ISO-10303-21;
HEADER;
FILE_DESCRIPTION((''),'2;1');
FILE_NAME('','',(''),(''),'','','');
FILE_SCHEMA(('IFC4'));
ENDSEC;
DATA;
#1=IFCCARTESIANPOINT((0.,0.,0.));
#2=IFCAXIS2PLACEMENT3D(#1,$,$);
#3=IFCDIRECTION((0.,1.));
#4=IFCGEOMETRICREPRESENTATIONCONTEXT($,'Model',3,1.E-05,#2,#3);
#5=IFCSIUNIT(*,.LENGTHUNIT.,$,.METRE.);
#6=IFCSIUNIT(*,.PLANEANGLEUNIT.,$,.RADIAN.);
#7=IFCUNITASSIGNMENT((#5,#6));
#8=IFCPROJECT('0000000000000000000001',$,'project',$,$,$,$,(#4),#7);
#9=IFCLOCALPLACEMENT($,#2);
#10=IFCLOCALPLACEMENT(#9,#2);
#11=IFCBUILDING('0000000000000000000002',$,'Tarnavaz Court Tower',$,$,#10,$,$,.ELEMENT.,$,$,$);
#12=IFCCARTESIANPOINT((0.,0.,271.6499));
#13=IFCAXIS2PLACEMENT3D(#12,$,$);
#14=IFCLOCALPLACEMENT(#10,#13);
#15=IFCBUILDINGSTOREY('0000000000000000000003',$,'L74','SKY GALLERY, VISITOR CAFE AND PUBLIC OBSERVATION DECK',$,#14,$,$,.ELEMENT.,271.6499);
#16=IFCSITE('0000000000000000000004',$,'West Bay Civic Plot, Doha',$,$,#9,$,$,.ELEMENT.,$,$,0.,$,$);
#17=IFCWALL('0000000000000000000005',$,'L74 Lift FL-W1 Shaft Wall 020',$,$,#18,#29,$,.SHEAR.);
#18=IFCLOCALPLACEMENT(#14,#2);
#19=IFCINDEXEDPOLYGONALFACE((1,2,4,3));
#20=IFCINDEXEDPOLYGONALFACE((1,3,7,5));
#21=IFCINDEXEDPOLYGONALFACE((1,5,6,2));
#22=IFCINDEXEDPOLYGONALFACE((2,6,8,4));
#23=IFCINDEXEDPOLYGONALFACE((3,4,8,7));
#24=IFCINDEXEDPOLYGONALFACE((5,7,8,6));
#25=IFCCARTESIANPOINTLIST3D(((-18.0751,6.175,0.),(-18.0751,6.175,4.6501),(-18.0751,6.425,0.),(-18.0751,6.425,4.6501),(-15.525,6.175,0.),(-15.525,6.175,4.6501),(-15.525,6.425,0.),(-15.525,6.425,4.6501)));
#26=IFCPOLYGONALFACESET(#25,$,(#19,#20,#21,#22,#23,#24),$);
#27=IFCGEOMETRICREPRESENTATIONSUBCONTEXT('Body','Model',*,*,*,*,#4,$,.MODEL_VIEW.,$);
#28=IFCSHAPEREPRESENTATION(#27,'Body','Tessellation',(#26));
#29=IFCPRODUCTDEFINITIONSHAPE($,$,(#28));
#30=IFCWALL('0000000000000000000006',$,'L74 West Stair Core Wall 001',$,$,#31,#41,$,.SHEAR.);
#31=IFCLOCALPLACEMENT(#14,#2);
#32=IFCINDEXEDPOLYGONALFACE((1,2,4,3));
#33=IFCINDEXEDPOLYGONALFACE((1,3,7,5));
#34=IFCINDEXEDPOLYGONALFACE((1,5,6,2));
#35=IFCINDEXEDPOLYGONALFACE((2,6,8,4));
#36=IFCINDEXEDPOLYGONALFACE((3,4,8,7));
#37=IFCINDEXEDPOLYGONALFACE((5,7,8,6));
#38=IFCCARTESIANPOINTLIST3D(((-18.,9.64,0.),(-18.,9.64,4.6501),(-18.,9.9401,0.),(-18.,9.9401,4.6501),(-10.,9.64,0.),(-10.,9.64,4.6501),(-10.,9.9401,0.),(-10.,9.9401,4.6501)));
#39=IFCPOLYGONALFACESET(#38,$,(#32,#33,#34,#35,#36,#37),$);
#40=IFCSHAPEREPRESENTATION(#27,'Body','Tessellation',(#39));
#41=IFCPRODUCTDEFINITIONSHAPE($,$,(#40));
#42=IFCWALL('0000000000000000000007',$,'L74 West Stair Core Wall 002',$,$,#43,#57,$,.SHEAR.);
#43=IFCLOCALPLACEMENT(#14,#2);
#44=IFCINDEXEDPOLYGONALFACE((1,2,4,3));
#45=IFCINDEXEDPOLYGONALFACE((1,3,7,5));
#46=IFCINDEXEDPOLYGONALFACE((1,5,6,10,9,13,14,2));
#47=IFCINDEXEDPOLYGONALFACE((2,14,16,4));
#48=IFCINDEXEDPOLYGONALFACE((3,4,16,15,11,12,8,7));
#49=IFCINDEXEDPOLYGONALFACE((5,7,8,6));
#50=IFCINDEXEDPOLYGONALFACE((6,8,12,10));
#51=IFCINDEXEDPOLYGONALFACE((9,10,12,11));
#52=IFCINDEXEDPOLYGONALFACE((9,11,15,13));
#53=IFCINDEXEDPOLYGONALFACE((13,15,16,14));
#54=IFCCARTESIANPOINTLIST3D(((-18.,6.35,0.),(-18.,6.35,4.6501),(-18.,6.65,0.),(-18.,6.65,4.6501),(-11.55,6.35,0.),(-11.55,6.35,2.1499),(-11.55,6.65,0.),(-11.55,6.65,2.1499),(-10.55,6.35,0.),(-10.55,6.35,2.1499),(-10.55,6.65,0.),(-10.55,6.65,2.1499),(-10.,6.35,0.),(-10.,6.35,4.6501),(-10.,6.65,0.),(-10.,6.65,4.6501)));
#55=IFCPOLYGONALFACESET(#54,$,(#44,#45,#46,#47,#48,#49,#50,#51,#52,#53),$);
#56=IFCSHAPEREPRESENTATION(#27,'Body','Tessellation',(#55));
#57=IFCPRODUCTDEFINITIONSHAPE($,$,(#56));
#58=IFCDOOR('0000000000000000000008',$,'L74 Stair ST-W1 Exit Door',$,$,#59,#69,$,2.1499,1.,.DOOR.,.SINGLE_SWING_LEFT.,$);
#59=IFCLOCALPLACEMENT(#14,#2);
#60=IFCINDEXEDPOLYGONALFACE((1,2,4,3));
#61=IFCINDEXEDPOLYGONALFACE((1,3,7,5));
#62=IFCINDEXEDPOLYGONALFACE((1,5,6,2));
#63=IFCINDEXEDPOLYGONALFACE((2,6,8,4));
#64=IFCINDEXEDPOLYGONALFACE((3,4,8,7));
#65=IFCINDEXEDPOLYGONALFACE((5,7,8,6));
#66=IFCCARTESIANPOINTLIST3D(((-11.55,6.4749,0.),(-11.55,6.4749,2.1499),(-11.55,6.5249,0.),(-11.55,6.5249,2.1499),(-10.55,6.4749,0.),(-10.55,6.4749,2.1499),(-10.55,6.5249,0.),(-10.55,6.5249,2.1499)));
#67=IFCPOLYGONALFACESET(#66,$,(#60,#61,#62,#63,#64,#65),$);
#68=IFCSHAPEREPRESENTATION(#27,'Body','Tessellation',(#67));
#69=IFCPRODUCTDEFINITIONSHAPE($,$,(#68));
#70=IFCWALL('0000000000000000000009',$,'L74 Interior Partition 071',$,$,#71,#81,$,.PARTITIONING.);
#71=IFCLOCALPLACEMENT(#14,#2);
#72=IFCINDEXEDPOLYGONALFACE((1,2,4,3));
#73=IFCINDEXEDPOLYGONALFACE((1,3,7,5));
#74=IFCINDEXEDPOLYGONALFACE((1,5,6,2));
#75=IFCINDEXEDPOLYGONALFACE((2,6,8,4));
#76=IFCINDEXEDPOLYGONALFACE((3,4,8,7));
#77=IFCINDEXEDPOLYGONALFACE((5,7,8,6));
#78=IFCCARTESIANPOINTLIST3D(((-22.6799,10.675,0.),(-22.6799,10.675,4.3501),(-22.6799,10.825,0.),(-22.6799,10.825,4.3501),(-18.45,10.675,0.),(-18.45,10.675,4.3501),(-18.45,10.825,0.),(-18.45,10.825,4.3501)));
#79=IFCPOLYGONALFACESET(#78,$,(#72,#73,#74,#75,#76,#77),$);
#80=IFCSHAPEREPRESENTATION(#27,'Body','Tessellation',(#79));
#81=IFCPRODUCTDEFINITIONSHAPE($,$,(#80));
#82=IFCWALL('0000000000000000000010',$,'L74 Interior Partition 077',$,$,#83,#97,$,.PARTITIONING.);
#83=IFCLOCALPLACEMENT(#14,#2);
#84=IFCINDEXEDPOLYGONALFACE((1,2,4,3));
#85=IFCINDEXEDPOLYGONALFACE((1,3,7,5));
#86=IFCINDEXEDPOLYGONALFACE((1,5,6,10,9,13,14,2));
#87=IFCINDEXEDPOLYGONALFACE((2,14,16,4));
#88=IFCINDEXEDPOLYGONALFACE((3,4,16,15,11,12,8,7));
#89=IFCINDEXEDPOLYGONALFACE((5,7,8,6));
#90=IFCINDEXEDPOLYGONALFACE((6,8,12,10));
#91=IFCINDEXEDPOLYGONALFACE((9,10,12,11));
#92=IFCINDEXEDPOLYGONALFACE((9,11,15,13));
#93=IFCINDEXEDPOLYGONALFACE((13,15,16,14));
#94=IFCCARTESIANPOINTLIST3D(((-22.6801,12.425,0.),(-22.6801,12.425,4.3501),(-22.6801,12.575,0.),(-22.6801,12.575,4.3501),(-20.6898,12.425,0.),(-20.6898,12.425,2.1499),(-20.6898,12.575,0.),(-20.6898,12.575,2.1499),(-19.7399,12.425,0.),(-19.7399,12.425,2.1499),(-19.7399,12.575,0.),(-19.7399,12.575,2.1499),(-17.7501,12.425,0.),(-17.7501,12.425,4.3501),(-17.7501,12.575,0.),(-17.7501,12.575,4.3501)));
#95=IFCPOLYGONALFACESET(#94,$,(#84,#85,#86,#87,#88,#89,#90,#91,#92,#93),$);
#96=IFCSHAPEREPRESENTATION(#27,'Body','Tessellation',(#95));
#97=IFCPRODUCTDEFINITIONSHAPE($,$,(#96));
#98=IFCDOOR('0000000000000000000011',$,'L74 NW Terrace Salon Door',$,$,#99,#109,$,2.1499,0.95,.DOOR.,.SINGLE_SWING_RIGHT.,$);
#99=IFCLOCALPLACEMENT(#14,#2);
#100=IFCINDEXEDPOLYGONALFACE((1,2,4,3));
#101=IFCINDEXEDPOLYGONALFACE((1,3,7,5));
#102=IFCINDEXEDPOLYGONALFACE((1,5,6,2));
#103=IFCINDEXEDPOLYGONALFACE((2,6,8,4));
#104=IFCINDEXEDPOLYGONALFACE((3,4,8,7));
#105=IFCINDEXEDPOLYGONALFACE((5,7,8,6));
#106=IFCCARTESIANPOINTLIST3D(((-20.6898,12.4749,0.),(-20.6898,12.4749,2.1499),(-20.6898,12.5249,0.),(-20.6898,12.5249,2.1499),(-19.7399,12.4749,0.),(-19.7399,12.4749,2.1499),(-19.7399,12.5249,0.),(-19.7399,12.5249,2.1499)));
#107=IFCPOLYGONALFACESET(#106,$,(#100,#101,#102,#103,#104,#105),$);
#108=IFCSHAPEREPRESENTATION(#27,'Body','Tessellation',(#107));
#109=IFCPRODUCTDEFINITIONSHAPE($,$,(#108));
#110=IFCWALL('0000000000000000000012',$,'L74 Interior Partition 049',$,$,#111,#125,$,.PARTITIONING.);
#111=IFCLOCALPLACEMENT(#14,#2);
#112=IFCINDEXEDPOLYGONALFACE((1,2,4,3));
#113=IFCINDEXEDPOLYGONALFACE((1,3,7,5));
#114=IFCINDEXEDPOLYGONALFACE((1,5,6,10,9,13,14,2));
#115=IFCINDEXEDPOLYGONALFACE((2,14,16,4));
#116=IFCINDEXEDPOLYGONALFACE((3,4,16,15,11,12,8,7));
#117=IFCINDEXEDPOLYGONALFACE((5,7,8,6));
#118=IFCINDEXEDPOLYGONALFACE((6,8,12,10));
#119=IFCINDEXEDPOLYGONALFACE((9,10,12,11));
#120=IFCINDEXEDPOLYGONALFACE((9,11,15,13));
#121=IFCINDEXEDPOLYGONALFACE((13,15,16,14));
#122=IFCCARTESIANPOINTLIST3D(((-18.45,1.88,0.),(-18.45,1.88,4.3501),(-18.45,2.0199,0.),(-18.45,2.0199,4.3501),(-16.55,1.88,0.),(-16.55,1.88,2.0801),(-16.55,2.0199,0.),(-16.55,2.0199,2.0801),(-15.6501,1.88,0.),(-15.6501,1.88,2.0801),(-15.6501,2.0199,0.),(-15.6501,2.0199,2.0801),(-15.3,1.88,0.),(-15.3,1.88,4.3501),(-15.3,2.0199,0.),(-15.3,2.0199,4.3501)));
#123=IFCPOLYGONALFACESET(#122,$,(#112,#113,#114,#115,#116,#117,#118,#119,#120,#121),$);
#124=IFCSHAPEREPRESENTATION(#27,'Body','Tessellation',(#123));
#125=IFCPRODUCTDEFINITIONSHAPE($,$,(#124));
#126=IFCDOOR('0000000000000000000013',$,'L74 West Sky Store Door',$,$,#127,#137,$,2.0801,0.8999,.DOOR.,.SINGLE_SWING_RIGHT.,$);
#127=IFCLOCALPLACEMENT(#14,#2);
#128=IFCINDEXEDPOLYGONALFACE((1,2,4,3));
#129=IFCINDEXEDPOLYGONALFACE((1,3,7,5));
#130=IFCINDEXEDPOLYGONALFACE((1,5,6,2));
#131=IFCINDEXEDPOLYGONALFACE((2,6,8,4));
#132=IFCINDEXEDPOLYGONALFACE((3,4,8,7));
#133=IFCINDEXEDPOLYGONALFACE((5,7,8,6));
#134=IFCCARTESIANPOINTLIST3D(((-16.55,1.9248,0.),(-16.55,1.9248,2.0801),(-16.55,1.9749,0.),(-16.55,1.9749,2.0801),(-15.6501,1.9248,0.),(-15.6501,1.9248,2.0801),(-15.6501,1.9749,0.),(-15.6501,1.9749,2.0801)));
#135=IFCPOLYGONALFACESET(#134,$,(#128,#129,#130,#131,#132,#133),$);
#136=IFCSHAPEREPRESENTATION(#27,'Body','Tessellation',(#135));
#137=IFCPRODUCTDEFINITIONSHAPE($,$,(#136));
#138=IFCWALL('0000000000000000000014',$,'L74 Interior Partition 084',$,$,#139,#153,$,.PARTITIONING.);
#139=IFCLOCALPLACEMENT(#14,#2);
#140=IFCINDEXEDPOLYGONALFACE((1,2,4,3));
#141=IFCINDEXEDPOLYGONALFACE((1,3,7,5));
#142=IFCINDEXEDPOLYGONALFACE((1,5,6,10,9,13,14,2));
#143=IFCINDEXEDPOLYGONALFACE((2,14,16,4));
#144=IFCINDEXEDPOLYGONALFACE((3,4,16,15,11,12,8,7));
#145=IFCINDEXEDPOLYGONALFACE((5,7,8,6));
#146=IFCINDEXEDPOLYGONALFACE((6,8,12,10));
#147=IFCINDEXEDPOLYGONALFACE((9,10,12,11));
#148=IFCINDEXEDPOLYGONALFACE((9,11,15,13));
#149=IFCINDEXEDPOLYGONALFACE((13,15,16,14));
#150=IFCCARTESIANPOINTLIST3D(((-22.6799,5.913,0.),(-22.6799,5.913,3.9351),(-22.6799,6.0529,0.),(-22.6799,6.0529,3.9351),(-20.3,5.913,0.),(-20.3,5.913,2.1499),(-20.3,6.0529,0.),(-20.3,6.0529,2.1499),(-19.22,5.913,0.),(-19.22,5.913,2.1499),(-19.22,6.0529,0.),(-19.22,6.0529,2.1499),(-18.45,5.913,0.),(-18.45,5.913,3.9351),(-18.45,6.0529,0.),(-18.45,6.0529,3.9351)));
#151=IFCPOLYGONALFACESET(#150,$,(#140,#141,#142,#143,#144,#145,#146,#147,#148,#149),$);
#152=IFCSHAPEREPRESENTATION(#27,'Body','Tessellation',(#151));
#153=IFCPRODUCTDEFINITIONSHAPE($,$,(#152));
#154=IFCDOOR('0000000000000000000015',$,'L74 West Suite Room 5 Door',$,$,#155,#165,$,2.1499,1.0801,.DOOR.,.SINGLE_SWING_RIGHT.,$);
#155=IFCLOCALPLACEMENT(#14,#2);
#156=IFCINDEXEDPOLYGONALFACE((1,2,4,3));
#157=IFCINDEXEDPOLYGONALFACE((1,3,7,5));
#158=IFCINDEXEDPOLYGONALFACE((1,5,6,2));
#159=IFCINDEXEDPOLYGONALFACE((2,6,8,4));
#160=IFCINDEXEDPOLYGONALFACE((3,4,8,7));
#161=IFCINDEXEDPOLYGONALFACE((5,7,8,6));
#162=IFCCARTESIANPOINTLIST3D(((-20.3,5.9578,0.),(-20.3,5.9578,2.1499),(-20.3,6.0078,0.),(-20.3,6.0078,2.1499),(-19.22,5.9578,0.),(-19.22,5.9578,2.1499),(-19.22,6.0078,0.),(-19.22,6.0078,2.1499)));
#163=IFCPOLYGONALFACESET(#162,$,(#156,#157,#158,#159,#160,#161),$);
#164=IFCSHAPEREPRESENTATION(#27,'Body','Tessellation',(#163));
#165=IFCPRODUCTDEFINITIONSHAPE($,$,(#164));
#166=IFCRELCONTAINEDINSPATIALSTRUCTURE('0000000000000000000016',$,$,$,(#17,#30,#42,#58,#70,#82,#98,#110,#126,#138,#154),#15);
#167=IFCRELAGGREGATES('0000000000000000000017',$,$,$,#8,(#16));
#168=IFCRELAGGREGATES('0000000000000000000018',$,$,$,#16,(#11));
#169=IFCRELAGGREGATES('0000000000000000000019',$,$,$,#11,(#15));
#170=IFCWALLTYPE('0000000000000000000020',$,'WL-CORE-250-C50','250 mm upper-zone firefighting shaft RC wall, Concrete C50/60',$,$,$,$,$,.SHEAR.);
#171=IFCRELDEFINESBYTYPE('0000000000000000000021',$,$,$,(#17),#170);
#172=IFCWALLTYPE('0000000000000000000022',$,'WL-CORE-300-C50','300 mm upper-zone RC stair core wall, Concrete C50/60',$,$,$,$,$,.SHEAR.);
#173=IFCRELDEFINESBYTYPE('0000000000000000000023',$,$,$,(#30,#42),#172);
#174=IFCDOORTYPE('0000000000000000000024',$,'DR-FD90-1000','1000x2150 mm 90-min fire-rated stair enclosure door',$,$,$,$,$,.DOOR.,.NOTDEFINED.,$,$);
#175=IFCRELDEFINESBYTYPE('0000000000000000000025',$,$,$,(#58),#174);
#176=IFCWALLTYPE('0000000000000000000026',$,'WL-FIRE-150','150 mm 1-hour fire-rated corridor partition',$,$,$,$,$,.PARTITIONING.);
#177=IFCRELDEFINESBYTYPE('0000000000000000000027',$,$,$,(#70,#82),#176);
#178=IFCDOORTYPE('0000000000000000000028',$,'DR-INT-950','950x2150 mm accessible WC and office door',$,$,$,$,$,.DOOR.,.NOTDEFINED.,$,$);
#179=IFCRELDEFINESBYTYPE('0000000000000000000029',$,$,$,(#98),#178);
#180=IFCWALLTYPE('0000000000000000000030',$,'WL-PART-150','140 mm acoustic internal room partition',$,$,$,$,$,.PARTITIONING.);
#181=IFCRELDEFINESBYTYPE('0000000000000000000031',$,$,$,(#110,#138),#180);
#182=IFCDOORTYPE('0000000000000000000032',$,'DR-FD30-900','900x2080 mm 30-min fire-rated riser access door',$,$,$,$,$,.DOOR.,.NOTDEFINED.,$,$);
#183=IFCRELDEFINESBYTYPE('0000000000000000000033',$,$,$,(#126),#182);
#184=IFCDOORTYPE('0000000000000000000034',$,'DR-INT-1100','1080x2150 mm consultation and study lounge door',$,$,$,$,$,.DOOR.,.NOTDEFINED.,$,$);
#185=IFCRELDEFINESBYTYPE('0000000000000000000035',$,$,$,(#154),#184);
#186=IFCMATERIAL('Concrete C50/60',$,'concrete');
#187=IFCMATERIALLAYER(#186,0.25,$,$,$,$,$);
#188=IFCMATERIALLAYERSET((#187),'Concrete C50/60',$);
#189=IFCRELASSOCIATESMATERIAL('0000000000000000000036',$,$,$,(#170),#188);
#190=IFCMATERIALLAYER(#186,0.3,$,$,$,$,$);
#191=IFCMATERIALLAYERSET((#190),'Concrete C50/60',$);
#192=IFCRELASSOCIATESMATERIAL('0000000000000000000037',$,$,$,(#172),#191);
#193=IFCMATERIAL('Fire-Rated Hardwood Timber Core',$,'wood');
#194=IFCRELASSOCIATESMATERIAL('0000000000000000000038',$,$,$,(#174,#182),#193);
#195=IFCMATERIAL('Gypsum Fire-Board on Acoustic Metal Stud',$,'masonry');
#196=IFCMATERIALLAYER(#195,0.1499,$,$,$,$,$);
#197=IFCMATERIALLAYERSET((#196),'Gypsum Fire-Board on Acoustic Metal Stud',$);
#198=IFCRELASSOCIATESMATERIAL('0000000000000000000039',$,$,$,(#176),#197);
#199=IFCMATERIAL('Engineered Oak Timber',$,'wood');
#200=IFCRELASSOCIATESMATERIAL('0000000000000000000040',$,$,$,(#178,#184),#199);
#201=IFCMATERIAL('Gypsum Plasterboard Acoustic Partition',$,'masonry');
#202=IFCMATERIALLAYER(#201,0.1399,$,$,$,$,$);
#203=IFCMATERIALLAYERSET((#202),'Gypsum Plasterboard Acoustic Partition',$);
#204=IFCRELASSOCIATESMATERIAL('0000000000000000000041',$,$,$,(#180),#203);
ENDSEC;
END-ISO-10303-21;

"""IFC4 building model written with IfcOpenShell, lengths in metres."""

from ifc_helpers import new_model, si_unit, direction, frame, frame_2d, origin, place, context, subcontext, project, spatial, rectangle, extrude, material, layer, layer_set, type_object, element, fill, save


model = new_model("IFC4")

# Units and contexts
model_context = context("Model", 3, precision=1e-05, world=origin(), true_north=direction((0.0, 1.0)))
body_context = subcontext(model_context, "Body", "Model", "MODEL_VIEW")
ifc_project = project(units=[si_unit("LENGTHUNIT", "METRE"), si_unit("PLANEANGLEUNIT", "RADIAN")], contexts=[model_context])

# Site, building, storey
site_placement = place(None, origin())
site = spatial("IfcSite", under=ifc_project, at=site_placement, Name="West Bay Civic Plot, Doha", CompositionType="ELEMENT", RefElevation=0.0)
building_placement = place(site_placement, origin())
building = spatial("IfcBuilding", under=site, at=building_placement, Name="Tarnavaz Court Tower", CompositionType="ELEMENT")
storey_placement = place(building_placement, frame((0.0, 0.0, 271.6499)))
storey = spatial("IfcBuildingStorey", under=building, at=storey_placement, Name="L74", Description="SKY GALLERY, VISITOR CAFE AND PUBLIC OBSERVATION DECK", CompositionType="ELEMENT", Elevation=271.6499)

# Shared definitions
ifc_material_1 = material(Name="Concrete C50/60", Category="concrete")

# Walls
ifc_layer_1 = layer(ifc_material_1, 0.25)
ifc_layer_set_1 = layer_set([ifc_layer_1], Name="Concrete C50/60")
wall_type_1 = type_object("IfcWallType", Name="WL-CORE-250-C50", Description="250 mm upper-zone firefighting shaft RC wall, Concrete C50/60", PredefinedType="SHEAR", material=ifc_layer_set_1)
for number, where, z_axis, x_axis, name in (
    (1, (-18.075, 6.3, 0.0), (0.0, 0.0, 1.0), (1.0, 0.0, 0.0), "L74 Lift FL-W1 Shaft Wall 020"),
):
    element("IfcWall", number, at=place(storey_placement, frame(where, z_axis=z_axis, x_axis=x_axis)), inside=storey, type_object=wall_type_1, Name=name, PredefinedType="SHEAR", context=body_context, shape_type="SweptSolid", body=[
        extrude(rectangle(XDim=2.55, YDim=0.25, at=frame_2d((1.2749, 0.0))), origin(), (0.0, 0.0, 1.0), 4.6501),
    ])
ifc_layer_2 = layer(ifc_material_1, 0.3)
ifc_layer_set_2 = layer_set([ifc_layer_2], Name="Concrete C50/60")
wall_type_2 = type_object("IfcWallType", Name="WL-CORE-300-C50", Description="300 mm upper-zone RC stair core wall, Concrete C50/60", PredefinedType="SHEAR", material=ifc_layer_set_2)
wall_1_placement = place(storey_placement, frame((-18.0, 9.79, 0.0), z_axis=(0.0, 0.0, 1.0), x_axis=(1.0, 0.0, 0.0)))
element("IfcWall", 2, at=wall_1_placement, inside=storey, type_object=wall_type_2, Name="L74 West Stair Core Wall 001", PredefinedType="SHEAR", context=body_context, shape_type="SweptSolid", body=[
    extrude(rectangle(XDim=8.0, YDim=0.3, at=frame_2d((4.0, 0.0))), origin(), (0.0, 0.0, 1.0), 4.6501),
])

# Wall, opening, door
wall_2_placement = place(storey_placement, frame((-18.0, 6.5, 0.0), z_axis=(0.0, 0.0, 1.0), x_axis=(1.0, 0.0, 0.0)))
wall_2 = element("IfcWall", 3, at=wall_2_placement, inside=storey, type_object=wall_type_2, Name="L74 West Stair Core Wall 002", PredefinedType="SHEAR", context=body_context, shape_type="SweptSolid", body=[
    extrude(rectangle(XDim=8.0, YDim=0.3, at=frame_2d((4.0, 0.0))), origin(), (0.0, 0.0, 1.0), 4.6501),
])
opening_1_placement = place(wall_2_placement, frame((6.45, 0.0, 0.0)))
opening_1 = element("IfcOpeningElement", 4, at=opening_1_placement, cuts=wall_2, PredefinedType="OPENING", context=body_context, shape_type="SweptSolid", body=[
    extrude(rectangle(XDim=1.0, YDim=2.1499, at=frame_2d((0.5, 1.075))), frame((0.0, 0.1599, 0.0), z_axis=(0.0, -1.0, 0.0), x_axis=(1.0, 0.0, 0.0)), (0.0, 0.0, 1.0), 0.3201),
])
ifc_material_2 = material(Name="Fire-Rated Hardwood Timber Core", Category="wood")
door_type_1 = type_object("IfcDoorType", Name="DR-FD90-1000", Description="1000x2150 mm 90-min fire-rated stair enclosure door", OperationType="NOTDEFINED", PredefinedType="DOOR", material=ifc_material_2)
door_1_placement = place(opening_1_placement, origin())
door_1 = element("IfcDoor", 5, at=door_1_placement, inside=storey, type_object=door_type_1, Name="L74 Stair ST-W1 Exit Door", OperationType="SINGLE_SWING_LEFT", OverallHeight=2.1499, OverallWidth=1.0, PredefinedType="DOOR", context=body_context, shape_type="SweptSolid", body=[
    extrude(rectangle(XDim=1.0, YDim=2.1499, at=frame_2d((0.5, 1.075))), frame((0.0, 0.0249, 0.0), z_axis=(0.0, -1.0, 0.0), x_axis=(1.0, 0.0, 0.0)), (0.0, 0.0, 1.0), 0.05),
])
fill(opening_1, door_1)

# Wall
ifc_material_3 = material(Name="Gypsum Fire-Board on Acoustic Metal Stud", Category="masonry")
ifc_layer_3 = layer(ifc_material_3, 0.1499)
ifc_layer_set_3 = layer_set([ifc_layer_3], Name="Gypsum Fire-Board on Acoustic Metal Stud")
wall_type_3 = type_object("IfcWallType", Name="WL-FIRE-150", Description="150 mm 1-hour fire-rated corridor partition", PredefinedType="PARTITIONING", material=ifc_layer_set_3)
wall_3_placement = place(storey_placement, frame((-22.6799, 10.75, 0.0), z_axis=(0.0, 0.0, 1.0), x_axis=(1.0, 0.0, 0.0)))
element("IfcWall", 6, at=wall_3_placement, inside=storey, type_object=wall_type_3, Name="L74 Interior Partition 071", PredefinedType="PARTITIONING", context=body_context, shape_type="SweptSolid", body=[
    extrude(rectangle(XDim=4.23, YDim=0.1499, at=frame_2d((2.115, 0.0))), origin(), (0.0, 0.0, 1.0), 4.3501),
])

# Walls, openings, doors
wall_4_placement = place(storey_placement, frame((-22.6799, 12.5, 0.0), z_axis=(0.0, 0.0, 1.0), x_axis=(1.0, 0.0, 0.0)))
wall_4 = element("IfcWall", 7, at=wall_4_placement, inside=storey, type_object=wall_type_3, Name="L74 Interior Partition 077", PredefinedType="PARTITIONING", context=body_context, shape_type="SweptSolid", body=[
    extrude(rectangle(XDim=4.9299, YDim=0.1499, at=frame_2d((2.4648, 0.0))), origin(), (0.0, 0.0, 1.0), 4.3501),
])
opening_2_placement = place(wall_4_placement, frame((1.99, 0.0, 0.0)))
opening_2 = element("IfcOpeningElement", 8, at=opening_2_placement, cuts=wall_4, PredefinedType="OPENING", context=body_context, shape_type="SweptSolid", body=[
    extrude(rectangle(XDim=0.95, YDim=2.1499, at=frame_2d((0.4751, 1.075))), frame((0.0, 0.085, 0.0), z_axis=(0.0, -1.0, 0.0), x_axis=(1.0, 0.0, 0.0)), (0.0, 0.0, 1.0), 0.1699),
])
ifc_material_4 = material(Name="Engineered Oak Timber", Category="wood")
door_type_2 = type_object("IfcDoorType", Name="DR-INT-950", Description="950x2150 mm accessible WC and office door", OperationType="NOTDEFINED", PredefinedType="DOOR", material=ifc_material_4)
door_2_placement = place(opening_2_placement, origin())
door_2 = element("IfcDoor", 9, at=door_2_placement, inside=storey, type_object=door_type_2, Name="L74 NW Terrace Salon Door", OperationType="SINGLE_SWING_RIGHT", OverallHeight=2.1499, OverallWidth=0.95, PredefinedType="DOOR", context=body_context, shape_type="SweptSolid", body=[
    extrude(rectangle(XDim=0.95, YDim=2.1499, at=frame_2d((0.4751, 1.075))), frame((0.0, 0.0249, 0.0), z_axis=(0.0, -1.0, 0.0), x_axis=(1.0, 0.0, 0.0)), (0.0, 0.0, 1.0), 0.05),
])
fill(opening_2, door_2)
ifc_material_5 = material(Name="Gypsum Plasterboard Acoustic Partition", Category="masonry")
ifc_layer_4 = layer(ifc_material_5, 0.1399)
ifc_layer_set_4 = layer_set([ifc_layer_4], Name="Gypsum Plasterboard Acoustic Partition")
wall_type_4 = type_object("IfcWallType", Name="WL-PART-150", Description="140 mm acoustic internal room partition", PredefinedType="PARTITIONING", material=ifc_layer_set_4)
wall_5_placement = place(storey_placement, frame((-18.45, 1.95, 0.0), z_axis=(0.0, 0.0, 1.0), x_axis=(1.0, 0.0, 0.0)))
wall_5 = element("IfcWall", 10, at=wall_5_placement, inside=storey, type_object=wall_type_4, Name="L74 Interior Partition 049", PredefinedType="PARTITIONING", context=body_context, shape_type="SweptSolid", body=[
    extrude(rectangle(XDim=3.1499, YDim=0.1399, at=frame_2d((1.575, 0.0))), origin(), (0.0, 0.0, 1.0), 4.3501),
])
opening_3_placement = place(wall_5_placement, frame((1.8999, 0.0, 0.0)))
opening_3 = element("IfcOpeningElement", 11, at=opening_3_placement, cuts=wall_5, PredefinedType="OPENING", context=body_context, shape_type="SweptSolid", body=[
    extrude(rectangle(XDim=0.8999, YDim=2.0801, at=frame_2d((0.45, 1.04))), frame((0.0, 0.0798, 0.0), z_axis=(0.0, -1.0, 0.0), x_axis=(1.0, 0.0, 0.0)), (0.0, 0.0, 1.0), 0.1599),
])
door_type_3 = type_object("IfcDoorType", Name="DR-FD30-900", Description="900x2080 mm 30-min fire-rated riser access door", OperationType="NOTDEFINED", PredefinedType="DOOR", material=ifc_material_2)
door_3_placement = place(opening_3_placement, origin())
door_3 = element("IfcDoor", 12, at=door_3_placement, inside=storey, type_object=door_type_3, Name="L74 West Sky Store Door", OperationType="SINGLE_SWING_RIGHT", OverallHeight=2.0801, OverallWidth=0.8999, PredefinedType="DOOR", context=body_context, shape_type="SweptSolid", body=[
    extrude(rectangle(XDim=0.8999, YDim=2.0801, at=frame_2d((0.45, 1.04))), frame((0.0, 0.0249, 0.0), z_axis=(0.0, -1.0, 0.0), x_axis=(1.0, 0.0, 0.0)), (0.0, 0.0, 1.0), 0.05),
])
fill(opening_3, door_3)
wall_6_placement = place(storey_placement, frame((-22.6799, 5.9829, 0.0), z_axis=(0.0, 0.0, 1.0), x_axis=(1.0, 0.0, 0.0)))
wall_6 = element("IfcWall", 13, at=wall_6_placement, inside=storey, type_object=wall_type_4, Name="L74 Interior Partition 084", PredefinedType="PARTITIONING", context=body_context, shape_type="SweptSolid", body=[
    extrude(rectangle(XDim=4.23, YDim=0.1399, at=frame_2d((2.115, 0.0))), origin(), (0.0, 0.0, 1.0), 3.9351),
])
opening_4_placement = place(wall_6_placement, frame((2.3799, 0.0, 0.0)))
opening_4 = element("IfcOpeningElement", 14, at=opening_4_placement, cuts=wall_6, PredefinedType="OPENING", context=body_context, shape_type="SweptSolid", body=[
    extrude(rectangle(XDim=1.0801, YDim=2.1499, at=frame_2d((0.54, 1.075))), frame((0.0, 0.0798, 0.0), z_axis=(0.0, -1.0, 0.0), x_axis=(1.0, 0.0, 0.0)), (0.0, 0.0, 1.0), 0.1599),
])
door_type_4 = type_object("IfcDoorType", Name="DR-INT-1100", Description="1080x2150 mm consultation and study lounge door", OperationType="NOTDEFINED", PredefinedType="DOOR", material=ifc_material_4)
door_4_placement = place(opening_4_placement, origin())
door_4 = element("IfcDoor", 15, at=door_4_placement, inside=storey, type_object=door_type_4, Name="L74 West Suite Room 5 Door", OperationType="SINGLE_SWING_RIGHT", OverallHeight=2.1499, OverallWidth=1.0801, PredefinedType="DOOR", context=body_context, shape_type="SweptSolid", body=[
    extrude(rectangle(XDim=1.0801, YDim=2.1499, at=frame_2d((0.54, 1.075))), frame((0.0, 0.0249, 0.0), z_axis=(0.0, -1.0, 0.0), x_axis=(1.0, 0.0, 0.0)), (0.0, 0.0, 1.0), 0.05),
])
fill(opening_4, door_4)

save(model, "model.ifc")
